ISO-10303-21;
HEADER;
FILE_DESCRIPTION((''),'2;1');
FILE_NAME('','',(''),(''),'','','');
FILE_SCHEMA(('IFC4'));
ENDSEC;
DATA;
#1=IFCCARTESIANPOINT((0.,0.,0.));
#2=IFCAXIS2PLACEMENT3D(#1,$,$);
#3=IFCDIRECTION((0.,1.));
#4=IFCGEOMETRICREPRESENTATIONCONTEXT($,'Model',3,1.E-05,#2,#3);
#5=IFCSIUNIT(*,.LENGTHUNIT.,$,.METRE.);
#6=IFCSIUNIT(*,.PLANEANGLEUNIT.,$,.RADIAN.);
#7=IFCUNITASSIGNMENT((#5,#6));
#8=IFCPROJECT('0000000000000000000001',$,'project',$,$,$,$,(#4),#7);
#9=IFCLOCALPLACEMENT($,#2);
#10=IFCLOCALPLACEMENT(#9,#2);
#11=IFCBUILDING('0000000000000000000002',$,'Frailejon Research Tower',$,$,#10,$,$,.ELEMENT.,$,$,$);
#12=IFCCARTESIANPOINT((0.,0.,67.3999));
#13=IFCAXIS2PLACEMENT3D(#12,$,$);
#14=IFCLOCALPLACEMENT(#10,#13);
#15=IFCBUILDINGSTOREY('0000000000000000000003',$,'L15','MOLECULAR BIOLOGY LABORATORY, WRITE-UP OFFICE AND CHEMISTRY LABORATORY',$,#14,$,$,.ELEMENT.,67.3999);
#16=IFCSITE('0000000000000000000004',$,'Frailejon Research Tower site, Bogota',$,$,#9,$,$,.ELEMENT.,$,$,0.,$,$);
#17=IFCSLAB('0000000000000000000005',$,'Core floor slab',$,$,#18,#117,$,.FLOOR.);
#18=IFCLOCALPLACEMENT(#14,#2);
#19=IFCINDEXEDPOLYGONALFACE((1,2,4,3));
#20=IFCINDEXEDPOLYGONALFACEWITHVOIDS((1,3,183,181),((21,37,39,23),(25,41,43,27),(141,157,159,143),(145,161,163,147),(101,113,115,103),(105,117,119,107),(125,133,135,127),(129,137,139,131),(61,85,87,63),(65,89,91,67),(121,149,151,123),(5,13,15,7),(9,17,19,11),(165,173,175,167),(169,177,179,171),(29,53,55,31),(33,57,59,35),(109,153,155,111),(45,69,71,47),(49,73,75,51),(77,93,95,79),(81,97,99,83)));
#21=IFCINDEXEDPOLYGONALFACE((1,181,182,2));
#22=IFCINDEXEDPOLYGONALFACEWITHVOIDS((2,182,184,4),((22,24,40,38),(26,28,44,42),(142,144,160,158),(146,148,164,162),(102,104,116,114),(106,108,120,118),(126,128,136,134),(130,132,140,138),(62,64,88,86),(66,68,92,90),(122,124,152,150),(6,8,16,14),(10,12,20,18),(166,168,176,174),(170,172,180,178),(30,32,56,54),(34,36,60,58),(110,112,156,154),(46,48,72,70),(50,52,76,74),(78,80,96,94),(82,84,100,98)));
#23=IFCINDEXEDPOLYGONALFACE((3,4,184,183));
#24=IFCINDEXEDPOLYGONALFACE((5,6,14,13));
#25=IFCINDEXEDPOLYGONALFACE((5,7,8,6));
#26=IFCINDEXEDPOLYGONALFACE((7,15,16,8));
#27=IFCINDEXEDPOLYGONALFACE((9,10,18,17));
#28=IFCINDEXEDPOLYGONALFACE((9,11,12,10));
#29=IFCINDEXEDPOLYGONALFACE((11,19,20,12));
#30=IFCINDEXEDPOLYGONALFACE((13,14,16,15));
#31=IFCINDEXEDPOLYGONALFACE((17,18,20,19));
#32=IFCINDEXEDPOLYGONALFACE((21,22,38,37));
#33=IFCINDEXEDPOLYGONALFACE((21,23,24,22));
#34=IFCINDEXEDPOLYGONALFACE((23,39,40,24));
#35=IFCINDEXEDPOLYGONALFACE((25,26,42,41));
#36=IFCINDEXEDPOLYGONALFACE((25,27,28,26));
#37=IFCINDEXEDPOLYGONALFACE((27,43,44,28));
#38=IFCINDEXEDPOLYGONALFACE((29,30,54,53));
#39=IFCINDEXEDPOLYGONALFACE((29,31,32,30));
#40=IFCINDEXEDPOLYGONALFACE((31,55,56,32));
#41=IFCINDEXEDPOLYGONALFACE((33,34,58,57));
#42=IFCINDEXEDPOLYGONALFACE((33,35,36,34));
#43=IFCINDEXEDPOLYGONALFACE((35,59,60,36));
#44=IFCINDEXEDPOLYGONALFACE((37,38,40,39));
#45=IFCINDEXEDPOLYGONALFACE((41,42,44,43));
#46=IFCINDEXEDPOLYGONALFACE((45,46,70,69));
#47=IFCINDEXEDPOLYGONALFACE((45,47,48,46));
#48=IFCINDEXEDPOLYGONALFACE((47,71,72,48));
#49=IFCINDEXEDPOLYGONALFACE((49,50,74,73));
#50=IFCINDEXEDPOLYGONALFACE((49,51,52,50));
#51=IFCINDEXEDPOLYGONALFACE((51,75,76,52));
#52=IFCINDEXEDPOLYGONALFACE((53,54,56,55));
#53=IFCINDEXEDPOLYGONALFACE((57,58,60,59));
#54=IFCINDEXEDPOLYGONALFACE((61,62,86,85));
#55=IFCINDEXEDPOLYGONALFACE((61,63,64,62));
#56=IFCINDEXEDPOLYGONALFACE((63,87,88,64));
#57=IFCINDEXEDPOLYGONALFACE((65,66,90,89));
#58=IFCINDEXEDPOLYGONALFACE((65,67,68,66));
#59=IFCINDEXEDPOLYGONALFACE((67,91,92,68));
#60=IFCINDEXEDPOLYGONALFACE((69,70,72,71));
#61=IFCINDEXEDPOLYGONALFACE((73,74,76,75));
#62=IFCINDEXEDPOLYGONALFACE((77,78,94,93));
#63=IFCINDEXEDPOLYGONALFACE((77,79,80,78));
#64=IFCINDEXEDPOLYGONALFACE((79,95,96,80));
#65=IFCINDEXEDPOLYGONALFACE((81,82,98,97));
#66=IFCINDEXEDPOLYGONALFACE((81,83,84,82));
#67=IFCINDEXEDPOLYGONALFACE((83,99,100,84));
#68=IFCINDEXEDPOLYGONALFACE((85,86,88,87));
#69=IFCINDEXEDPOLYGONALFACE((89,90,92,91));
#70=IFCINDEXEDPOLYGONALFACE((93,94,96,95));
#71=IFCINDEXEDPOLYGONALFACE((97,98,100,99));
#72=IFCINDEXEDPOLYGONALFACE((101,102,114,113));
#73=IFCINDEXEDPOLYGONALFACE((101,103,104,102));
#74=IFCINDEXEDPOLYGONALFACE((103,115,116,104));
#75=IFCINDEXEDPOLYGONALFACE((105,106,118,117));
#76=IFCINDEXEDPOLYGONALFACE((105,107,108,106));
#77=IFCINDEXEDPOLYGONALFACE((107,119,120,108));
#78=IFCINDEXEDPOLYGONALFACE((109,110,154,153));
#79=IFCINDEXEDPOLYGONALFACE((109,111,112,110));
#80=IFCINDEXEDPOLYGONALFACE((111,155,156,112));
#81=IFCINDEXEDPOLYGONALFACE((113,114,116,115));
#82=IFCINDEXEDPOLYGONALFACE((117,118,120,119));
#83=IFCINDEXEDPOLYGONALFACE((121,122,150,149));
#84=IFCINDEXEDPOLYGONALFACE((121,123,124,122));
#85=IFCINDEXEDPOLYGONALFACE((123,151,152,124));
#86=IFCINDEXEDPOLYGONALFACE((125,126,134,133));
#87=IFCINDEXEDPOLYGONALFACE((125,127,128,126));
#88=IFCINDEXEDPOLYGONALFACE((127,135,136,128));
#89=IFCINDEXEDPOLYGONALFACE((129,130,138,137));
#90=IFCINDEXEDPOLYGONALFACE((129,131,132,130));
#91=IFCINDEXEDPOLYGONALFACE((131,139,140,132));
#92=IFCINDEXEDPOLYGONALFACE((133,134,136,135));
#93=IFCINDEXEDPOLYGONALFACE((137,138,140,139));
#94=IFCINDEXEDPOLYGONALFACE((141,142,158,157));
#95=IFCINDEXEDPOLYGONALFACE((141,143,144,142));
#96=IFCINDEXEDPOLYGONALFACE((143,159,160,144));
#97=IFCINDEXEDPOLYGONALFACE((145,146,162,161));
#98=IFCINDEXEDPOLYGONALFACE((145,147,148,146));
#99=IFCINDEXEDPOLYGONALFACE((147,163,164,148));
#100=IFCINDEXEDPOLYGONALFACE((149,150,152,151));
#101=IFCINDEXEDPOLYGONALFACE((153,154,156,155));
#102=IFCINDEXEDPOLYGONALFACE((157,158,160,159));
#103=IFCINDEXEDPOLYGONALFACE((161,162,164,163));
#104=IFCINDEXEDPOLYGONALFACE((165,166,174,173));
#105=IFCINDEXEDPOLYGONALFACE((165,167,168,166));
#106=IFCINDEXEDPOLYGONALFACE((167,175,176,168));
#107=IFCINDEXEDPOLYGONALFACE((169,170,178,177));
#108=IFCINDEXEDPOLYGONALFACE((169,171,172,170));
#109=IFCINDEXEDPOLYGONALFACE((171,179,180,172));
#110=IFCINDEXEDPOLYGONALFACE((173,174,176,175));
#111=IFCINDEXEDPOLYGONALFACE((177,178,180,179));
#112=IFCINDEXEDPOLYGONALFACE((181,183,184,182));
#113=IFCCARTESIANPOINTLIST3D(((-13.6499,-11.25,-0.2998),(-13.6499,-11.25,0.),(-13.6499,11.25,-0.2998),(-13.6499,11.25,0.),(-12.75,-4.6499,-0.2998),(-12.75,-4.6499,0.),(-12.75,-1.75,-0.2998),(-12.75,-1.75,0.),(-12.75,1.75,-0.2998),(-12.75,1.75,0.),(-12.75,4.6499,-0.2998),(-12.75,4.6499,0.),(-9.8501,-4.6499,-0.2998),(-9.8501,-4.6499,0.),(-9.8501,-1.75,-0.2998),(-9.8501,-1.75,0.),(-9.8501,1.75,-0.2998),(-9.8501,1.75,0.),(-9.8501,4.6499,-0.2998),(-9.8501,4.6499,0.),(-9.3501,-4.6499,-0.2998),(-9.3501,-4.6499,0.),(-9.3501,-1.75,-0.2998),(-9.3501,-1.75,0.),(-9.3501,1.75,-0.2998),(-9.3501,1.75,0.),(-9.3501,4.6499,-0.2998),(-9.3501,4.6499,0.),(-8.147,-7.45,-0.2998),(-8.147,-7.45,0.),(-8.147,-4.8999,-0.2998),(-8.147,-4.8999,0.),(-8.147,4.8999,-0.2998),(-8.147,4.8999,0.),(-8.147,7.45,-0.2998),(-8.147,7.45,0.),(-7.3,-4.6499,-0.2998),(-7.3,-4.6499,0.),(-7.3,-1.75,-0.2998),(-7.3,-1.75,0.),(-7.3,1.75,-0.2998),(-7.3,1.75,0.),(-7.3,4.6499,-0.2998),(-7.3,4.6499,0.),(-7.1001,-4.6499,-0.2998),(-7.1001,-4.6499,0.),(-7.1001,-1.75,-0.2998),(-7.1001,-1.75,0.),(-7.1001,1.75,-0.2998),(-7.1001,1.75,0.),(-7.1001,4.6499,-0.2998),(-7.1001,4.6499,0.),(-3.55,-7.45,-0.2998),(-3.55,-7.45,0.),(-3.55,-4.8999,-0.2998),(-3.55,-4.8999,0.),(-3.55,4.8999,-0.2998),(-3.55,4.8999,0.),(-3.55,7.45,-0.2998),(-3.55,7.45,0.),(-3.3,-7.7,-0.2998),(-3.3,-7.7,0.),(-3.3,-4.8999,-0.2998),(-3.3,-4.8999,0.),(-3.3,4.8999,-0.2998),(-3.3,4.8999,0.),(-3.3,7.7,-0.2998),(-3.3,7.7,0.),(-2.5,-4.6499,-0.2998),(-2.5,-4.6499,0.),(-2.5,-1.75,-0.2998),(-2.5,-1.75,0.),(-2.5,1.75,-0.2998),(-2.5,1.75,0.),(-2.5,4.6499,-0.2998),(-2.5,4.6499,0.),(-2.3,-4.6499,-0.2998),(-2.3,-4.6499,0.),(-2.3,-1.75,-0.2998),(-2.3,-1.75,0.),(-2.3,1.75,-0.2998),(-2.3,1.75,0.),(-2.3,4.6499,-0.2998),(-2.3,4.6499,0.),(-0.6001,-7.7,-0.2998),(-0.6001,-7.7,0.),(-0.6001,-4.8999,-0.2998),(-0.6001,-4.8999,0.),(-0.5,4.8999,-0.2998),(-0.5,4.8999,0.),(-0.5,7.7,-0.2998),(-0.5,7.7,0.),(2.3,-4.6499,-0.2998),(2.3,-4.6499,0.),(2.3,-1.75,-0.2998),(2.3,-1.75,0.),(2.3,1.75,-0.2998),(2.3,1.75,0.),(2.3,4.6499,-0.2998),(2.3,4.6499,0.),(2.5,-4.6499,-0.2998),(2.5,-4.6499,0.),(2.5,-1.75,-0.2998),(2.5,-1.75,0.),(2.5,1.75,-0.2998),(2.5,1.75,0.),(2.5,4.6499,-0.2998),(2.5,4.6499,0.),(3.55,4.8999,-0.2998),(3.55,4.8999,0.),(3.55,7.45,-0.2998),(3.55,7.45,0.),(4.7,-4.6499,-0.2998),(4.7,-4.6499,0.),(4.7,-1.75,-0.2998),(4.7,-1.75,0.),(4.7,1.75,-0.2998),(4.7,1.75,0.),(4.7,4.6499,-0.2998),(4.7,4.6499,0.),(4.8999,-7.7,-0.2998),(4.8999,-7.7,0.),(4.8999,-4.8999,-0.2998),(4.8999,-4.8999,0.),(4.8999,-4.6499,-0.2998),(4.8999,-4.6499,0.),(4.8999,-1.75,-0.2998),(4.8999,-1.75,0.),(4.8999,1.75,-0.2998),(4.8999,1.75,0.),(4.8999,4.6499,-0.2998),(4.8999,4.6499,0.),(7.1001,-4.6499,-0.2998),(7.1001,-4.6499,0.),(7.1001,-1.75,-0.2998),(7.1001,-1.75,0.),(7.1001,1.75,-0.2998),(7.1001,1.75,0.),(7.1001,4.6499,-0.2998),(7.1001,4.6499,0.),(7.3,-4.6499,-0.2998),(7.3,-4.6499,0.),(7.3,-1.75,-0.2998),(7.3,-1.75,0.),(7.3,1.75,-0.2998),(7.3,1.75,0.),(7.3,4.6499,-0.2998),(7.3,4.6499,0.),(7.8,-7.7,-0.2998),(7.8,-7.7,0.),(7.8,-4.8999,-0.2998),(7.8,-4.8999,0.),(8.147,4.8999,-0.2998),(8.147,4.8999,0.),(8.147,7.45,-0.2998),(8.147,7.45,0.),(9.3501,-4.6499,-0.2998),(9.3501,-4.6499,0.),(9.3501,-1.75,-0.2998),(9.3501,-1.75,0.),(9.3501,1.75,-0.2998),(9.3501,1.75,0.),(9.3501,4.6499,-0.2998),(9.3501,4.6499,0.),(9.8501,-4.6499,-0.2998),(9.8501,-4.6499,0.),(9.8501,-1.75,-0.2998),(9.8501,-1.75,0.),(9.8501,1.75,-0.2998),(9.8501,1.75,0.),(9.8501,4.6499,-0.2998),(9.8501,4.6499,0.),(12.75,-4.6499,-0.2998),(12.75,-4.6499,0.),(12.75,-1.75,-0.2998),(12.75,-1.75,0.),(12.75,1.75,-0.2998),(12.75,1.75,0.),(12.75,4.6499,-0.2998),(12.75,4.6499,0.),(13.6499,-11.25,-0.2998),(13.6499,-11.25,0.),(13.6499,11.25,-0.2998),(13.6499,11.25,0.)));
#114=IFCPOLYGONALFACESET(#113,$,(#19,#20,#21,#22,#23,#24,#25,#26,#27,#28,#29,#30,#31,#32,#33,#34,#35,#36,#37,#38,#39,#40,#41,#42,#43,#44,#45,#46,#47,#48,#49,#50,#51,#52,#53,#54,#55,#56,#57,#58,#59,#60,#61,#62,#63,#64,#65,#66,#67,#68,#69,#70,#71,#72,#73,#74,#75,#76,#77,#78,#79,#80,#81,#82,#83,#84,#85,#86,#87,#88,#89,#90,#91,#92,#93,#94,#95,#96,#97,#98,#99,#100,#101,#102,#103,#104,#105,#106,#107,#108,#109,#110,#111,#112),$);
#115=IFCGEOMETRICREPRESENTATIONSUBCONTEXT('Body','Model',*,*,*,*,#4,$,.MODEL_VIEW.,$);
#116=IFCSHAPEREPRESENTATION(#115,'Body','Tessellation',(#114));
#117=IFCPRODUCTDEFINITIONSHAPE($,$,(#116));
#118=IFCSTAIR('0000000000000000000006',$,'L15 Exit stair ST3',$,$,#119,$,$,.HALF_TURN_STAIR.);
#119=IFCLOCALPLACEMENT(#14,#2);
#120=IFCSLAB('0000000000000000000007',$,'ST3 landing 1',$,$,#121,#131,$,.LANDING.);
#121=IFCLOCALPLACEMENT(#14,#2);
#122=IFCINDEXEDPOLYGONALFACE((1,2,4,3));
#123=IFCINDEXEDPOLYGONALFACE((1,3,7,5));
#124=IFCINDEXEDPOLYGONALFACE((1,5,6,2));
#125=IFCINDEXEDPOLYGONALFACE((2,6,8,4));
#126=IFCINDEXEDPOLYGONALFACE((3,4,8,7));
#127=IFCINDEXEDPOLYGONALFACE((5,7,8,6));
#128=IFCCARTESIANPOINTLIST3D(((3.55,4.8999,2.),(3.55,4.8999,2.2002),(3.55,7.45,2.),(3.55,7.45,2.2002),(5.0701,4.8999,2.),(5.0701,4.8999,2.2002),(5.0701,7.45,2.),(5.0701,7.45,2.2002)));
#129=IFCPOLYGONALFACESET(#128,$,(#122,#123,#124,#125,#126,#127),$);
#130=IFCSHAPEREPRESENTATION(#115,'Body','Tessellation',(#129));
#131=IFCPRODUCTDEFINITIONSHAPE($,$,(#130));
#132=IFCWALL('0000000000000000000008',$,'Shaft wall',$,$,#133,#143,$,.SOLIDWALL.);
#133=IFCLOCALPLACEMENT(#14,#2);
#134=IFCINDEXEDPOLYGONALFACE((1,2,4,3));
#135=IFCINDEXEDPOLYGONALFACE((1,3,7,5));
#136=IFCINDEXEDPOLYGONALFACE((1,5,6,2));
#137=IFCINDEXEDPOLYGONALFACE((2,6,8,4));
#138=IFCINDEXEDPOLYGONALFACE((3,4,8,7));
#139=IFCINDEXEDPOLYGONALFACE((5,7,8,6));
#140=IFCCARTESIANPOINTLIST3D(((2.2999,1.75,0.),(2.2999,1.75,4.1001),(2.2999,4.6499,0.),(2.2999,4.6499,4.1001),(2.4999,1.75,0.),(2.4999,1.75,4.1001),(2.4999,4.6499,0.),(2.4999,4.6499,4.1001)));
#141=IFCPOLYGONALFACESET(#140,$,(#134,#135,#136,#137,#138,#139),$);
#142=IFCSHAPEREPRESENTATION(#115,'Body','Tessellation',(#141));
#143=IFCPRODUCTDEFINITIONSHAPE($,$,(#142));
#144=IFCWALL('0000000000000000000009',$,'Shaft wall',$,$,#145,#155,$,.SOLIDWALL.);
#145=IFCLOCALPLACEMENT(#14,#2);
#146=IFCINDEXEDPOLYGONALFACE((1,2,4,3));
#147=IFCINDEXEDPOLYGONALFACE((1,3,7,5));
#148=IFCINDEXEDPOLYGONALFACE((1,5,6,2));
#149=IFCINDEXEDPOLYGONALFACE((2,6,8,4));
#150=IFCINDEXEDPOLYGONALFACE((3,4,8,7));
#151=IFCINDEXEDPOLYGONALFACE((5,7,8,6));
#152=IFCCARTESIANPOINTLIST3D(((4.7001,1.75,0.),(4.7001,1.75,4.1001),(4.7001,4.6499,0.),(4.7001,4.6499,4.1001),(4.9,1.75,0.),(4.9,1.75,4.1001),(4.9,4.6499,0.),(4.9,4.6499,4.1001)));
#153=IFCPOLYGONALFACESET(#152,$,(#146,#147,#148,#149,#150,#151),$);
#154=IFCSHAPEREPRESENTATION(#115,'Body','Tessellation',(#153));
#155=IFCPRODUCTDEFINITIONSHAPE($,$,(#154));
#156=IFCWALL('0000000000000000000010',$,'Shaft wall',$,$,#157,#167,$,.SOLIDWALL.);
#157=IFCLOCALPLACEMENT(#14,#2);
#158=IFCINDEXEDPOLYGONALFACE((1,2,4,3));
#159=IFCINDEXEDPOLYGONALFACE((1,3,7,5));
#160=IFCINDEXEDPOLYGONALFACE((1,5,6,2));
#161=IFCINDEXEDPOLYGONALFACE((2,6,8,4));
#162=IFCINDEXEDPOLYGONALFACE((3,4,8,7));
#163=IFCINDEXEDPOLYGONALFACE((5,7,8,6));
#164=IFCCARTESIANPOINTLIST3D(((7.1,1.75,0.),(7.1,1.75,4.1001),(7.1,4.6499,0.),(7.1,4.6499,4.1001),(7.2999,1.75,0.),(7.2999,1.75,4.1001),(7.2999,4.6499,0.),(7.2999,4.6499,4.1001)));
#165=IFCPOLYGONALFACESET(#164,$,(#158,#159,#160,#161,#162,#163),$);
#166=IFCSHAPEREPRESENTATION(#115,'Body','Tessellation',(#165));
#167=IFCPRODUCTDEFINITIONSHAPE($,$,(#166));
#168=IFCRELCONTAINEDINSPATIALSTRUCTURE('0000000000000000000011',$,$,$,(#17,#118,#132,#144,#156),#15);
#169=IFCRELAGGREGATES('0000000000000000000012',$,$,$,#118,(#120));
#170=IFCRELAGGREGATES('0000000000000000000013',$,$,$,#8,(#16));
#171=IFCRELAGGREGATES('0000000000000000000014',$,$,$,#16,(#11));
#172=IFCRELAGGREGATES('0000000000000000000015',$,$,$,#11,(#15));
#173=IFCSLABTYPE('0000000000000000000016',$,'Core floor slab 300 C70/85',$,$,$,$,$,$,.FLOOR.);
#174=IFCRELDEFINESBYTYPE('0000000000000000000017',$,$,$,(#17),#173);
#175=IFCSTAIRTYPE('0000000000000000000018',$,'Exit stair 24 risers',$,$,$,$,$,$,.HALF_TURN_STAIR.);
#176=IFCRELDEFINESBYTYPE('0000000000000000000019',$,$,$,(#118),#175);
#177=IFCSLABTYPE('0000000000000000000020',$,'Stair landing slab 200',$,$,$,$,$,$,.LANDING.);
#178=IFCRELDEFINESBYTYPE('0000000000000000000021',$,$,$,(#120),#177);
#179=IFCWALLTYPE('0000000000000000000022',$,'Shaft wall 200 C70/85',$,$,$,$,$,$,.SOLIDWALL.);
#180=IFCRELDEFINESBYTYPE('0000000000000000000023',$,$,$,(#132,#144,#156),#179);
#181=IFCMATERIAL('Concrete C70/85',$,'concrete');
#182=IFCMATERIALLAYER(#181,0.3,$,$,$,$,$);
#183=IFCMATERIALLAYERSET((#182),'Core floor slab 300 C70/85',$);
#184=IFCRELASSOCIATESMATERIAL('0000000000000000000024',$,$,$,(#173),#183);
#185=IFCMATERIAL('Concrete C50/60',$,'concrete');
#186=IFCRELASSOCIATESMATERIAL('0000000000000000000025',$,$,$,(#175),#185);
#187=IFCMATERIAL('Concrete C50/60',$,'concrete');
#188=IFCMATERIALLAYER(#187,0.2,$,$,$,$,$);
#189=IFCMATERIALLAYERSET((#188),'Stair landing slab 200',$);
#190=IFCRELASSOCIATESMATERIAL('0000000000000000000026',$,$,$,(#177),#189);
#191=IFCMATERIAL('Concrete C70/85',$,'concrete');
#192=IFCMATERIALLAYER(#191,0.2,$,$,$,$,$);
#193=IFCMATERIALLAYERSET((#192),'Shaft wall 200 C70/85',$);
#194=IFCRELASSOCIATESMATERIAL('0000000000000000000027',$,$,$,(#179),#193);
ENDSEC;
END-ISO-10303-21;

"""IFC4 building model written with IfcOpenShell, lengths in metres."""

from ifc_helpers import new_model, si_unit, direction, frame, frame_2d, origin, place, context, subcontext, project, spatial, polyline, rectangle, outline, extrude, material, layer, layer_set, type_object, element, aggregate, save


model = new_model("IFC4")

# Units and contexts
model_context = context("Model", 3, precision=1e-05, world=origin(), true_north=direction((0.0, 1.0)))
body_context = subcontext(model_context, "Body", "Model", "MODEL_VIEW")
ifc_project = project(units=[si_unit("LENGTHUNIT", "METRE"), si_unit("PLANEANGLEUNIT", "RADIAN")], contexts=[model_context])

# Site, building, storey
site_placement = place(None, origin())
site = spatial("IfcSite", under=ifc_project, at=site_placement, Name="Frailejon Research Tower site, Bogota", CompositionType="ELEMENT", RefElevation=0.0)
building_placement = place(site_placement, origin())
building = spatial("IfcBuilding", under=site, at=building_placement, Name="Frailejon Research Tower", CompositionType="ELEMENT")
storey_placement = place(building_placement, frame((0.0, 0.0, 67.3999)))
storey = spatial("IfcBuildingStorey", under=building, at=storey_placement, Name="L15", Description="MOLECULAR BIOLOGY LABORATORY, WRITE-UP OFFICE AND CHEMISTRY LABORATORY", CompositionType="ELEMENT", Elevation=67.3999)

# Slab
ifc_material_1 = material(Name="Concrete C70/85", Category="concrete")
ifc_layer_1 = layer(ifc_material_1, 0.3)
ifc_layer_set_1 = layer_set([ifc_layer_1], Name="Core floor slab 300 C70/85")
slab_type_1 = type_object("IfcSlabType", Name="Core floor slab 300 C70/85", PredefinedType="FLOOR", material=ifc_layer_set_1)
slab_1_placement = place(storey_placement, frame((0.0, 0.0, -0.2998)))
element("IfcSlab", 1, at=slab_1_placement, inside=storey, type_object=slab_type_1, Name="Core floor slab", PredefinedType="FLOOR", context=body_context, shape_type="SweptSolid", body=[
    extrude(outline(polyline([(13.6499, -11.25), (13.6499, 11.25), (-13.6499, 11.25), (-13.6499, -11.25), (13.6499, -11.25)]), holes=[polyline([(-9.8501, 1.75), (-9.8501, 4.6499), (-12.75, 4.6499), (-12.75, 1.75), (-9.8501, 1.75)]), polyline([(-7.3, 1.75), (-7.3, 4.6499), (-9.3501, 4.6499), (-9.3501, 1.75), (-7.3, 1.75)]), polyline([(-2.5, 1.75), (-2.5, 4.6499), (-7.1001, 4.6499), (-7.1001, 1.75), (-2.5, 1.75)]), polyline([(2.3, 1.75), (2.3, 4.6499), (-2.3, 4.6499), (-2.3, 1.75), (2.3, 1.75)]), polyline([(4.7, 1.75), (4.7, 4.6499), (2.5, 4.6499), (2.5, 1.75), (4.7, 1.75)]), polyline([(7.1001, 1.75), (7.1001, 4.6499), (4.8999, 4.6499), (4.8999, 1.75), (7.1001, 1.75)]), polyline([(9.3501, 1.75), (9.3501, 4.6499), (7.3, 4.6499), (7.3, 1.75), (9.3501, 1.75)]), polyline([(12.75, 1.75), (12.75, 4.6499), (9.8501, 4.6499), (9.8501, 1.75), (12.75, 1.75)]), polyline([(-9.8501, -4.6499), (-9.8501, -1.75), (-12.75, -1.75), (-12.75, -4.6499), (-9.8501, -4.6499)]), polyline([(-7.3, -4.6499), (-7.3, -1.75), (-9.3501, -1.75), (-9.3501, -4.6499), (-7.3, -4.6499)]), polyline([(-2.5, -4.6499), (-2.5, -1.75), (-7.1001, -1.75), (-7.1001, -4.6499), (-2.5, -4.6499)]), polyline([(2.3, -4.6499), (2.3, -1.75), (-2.3, -1.75), (-2.3, -4.6499), (2.3, -4.6499)]), polyline([(4.7, -4.6499), (4.7, -1.75), (2.5, -1.75), (2.5, -4.6499), (4.7, -4.6499)]), polyline([(7.1001, -4.6499), (7.1001, -1.75), (4.8999, -1.75), (4.8999, -4.6499), (7.1001, -4.6499)]), polyline([(9.3501, -4.6499), (9.3501, -1.75), (7.3, -1.75), (7.3, -4.6499), (9.3501, -4.6499)]), polyline([(12.75, -4.6499), (12.75, -1.75), (9.8501, -1.75), (9.8501, -4.6499), (12.75, -4.6499)]), polyline([(-8.147, 4.8999), (-3.55, 4.8999), (-3.55, 7.45), (-8.147, 7.45), (-8.147, 4.8999)]), polyline([(-8.147, -7.45), (-3.55, -7.45), (-3.55, -4.8999), (-8.147, -4.8999), (-8.147, -7.45)]), polyline([(8.147, 7.45), (3.55, 7.45), (3.55, 4.8999), (8.147, 4.8999), (8.147, 7.45)]), polyline([(-0.6001, -7.7), (-0.6001, -4.8999), (-3.3, -4.8999), (-3.3, -7.7), (-0.6001, -7.7)]), polyline([(7.8, -7.7), (7.8, -4.8999), (4.8999, -4.8999), (4.8999, -7.7), (7.8, -7.7)]), polyline([(-0.5, 4.8999), (-0.5, 7.7), (-3.3, 7.7), (-3.3, 4.8999), (-0.5, 4.8999)])]), origin(), (0.0, 0.0, 1.0), 0.2998),
])

# Stair, slab
ifc_material_2 = material(Name="Concrete C50/60", Category="concrete")
stair_type = type_object("IfcStairType", Name="Exit stair 24 risers", PredefinedType="HALF_TURN_STAIR", material=ifc_material_2)
stair_placement = place(storey_placement, origin())
stair = element("IfcStair", 2, at=stair_placement, inside=storey, type_object=stair_type, Name="L15 Exit stair ST3", PredefinedType="HALF_TURN_STAIR")
ifc_material_3 = material(Name="Concrete C50/60", Category="concrete")
ifc_layer_2 = layer(ifc_material_3, 0.2)
ifc_layer_set_2 = layer_set([ifc_layer_2], Name="Stair landing slab 200")
slab_type_2 = type_object("IfcSlabType", Name="Stair landing slab 200", PredefinedType="LANDING", material=ifc_layer_set_2)
slab_2_placement = place(storey_placement, frame((0.0, 0.0, 2.0)))
slab_2 = element("IfcSlab", 3, at=slab_2_placement, type_object=slab_type_2, Name="ST3 landing 1", PredefinedType="LANDING", context=body_context, shape_type="SweptSolid", body=[
    extrude(outline(polyline([(5.0701, 7.45), (3.55, 7.45), (3.55, 4.8999), (5.0701, 4.8999), (5.0701, 7.45)])), origin(), (0.0, 0.0, 1.0), 0.2002),
])

# Walls
ifc_material_4 = material(Name="Concrete C70/85", Category="concrete")
ifc_layer_3 = layer(ifc_material_4, 0.2)
ifc_layer_set_3 = layer_set([ifc_layer_3], Name="Shaft wall 200 C70/85")
wall_type_1 = type_object("IfcWallType", Name="Shaft wall 200 C70/85", PredefinedType="SOLIDWALL", material=ifc_layer_set_3)
for number, where, z_axis, x_axis, name in (
    (4, (2.3999, 1.75, 0.0), (0.0, 0.0, 1.0), (0.0, 1.0, 0.0), "Shaft wall"),
    (5, (4.8, 1.75, 0.0), (0.0, 0.0, 1.0), (0.0, 1.0, 0.0), "Shaft wall"),
    (6, (7.2, 1.75, 0.0), (0.0, 0.0, 1.0), (0.0, 1.0, 0.0), "Shaft wall"),
):
    element("IfcWall", number, at=place(storey_placement, frame(where, z_axis=z_axis, x_axis=x_axis)), inside=storey, type_object=wall_type_1, Name=name, PredefinedType="SOLIDWALL", context=body_context, shape_type="SweptSolid", body=[
        extrude(rectangle(XDim=2.8999, YDim=0.2, at=frame_2d((1.45, 0.0))), origin(), (0.0, 0.0, 1.0), 4.1001),
    ])

aggregate(stair, [slab_2])

save(model, "model.ifc")
